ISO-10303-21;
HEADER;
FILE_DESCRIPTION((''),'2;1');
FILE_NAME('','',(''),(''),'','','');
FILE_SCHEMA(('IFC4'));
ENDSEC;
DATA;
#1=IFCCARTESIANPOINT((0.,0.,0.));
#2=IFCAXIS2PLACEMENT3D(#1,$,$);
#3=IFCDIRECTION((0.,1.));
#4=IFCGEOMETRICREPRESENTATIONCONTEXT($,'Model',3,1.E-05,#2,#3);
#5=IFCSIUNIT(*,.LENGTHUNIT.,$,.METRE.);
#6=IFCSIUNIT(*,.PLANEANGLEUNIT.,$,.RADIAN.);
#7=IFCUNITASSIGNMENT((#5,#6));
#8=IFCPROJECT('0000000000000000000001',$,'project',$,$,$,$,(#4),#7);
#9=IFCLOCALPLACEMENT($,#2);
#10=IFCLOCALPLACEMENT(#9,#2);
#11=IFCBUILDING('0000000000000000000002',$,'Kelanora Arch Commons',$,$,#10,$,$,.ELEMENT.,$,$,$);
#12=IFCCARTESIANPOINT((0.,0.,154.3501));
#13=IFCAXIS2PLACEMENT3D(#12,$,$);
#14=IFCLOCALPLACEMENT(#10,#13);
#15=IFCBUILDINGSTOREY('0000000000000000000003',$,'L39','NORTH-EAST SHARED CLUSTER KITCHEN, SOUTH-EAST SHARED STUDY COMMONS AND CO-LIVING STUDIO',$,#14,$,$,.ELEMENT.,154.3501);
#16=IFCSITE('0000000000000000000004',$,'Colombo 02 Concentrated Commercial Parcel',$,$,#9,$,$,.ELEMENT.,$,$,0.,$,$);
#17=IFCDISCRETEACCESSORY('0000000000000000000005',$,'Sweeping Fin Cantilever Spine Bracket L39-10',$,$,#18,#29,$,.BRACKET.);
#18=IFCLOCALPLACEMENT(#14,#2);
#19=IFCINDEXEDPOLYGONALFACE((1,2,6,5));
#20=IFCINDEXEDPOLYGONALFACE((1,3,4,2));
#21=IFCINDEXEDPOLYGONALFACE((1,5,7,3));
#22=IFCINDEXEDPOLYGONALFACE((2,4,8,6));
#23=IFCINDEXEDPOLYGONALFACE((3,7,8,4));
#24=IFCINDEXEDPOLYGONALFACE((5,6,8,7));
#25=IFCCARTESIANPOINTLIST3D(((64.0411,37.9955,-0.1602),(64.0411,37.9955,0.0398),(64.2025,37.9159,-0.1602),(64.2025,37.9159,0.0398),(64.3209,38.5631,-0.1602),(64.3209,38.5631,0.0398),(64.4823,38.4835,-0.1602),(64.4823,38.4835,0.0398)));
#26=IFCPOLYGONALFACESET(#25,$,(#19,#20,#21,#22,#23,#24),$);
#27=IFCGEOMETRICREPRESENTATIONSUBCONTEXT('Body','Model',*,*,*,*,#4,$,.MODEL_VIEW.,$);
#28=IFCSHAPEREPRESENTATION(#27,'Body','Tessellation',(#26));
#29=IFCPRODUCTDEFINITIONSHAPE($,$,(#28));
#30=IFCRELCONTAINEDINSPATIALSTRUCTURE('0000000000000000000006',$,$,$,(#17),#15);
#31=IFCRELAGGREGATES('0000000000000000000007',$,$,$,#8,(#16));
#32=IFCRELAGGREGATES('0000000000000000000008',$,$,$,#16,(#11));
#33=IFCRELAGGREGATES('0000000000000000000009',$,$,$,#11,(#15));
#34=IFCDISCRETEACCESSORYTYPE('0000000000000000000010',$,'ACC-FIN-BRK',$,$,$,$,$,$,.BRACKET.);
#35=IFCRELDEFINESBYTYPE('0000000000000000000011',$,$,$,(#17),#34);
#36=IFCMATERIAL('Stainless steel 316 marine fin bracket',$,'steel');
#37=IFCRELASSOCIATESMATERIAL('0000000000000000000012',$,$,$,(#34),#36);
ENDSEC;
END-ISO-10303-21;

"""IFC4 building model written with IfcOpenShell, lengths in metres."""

from ifc_helpers import new_model, si_unit, direction, frame, origin, origin_2d, place, context, subcontext, project, spatial, rectangle, extrude, source, transform, mapped, material, type_object, element, save


model = new_model("IFC4")

# Units and contexts
model_context = context("Model", 3, precision=1e-05, world=origin(), true_north=direction((0.0, 1.0)))
body_context = subcontext(model_context, "Body", "Model", "MODEL_VIEW")
ifc_project = project(units=[si_unit("LENGTHUNIT", "METRE"), si_unit("PLANEANGLEUNIT", "RADIAN")], contexts=[model_context])

# Site, building, storey
site_placement = place(None, origin())
site = spatial("IfcSite", under=ifc_project, at=site_placement, Name="Colombo 02 Concentrated Commercial Parcel", CompositionType="ELEMENT", RefElevation=0.0)
building_placement = place(site_placement, origin())
building = spatial("IfcBuilding", under=site, at=building_placement, Name="Kelanora Arch Commons", CompositionType="ELEMENT")
storey_placement = place(building_placement, frame((0.0, 0.0, 154.3501)))
storey = spatial("IfcBuildingStorey", under=building, at=storey_placement, Name="L39", Description="NORTH-EAST SHARED CLUSTER KITCHEN, SOUTH-EAST SHARED STUDY COMMONS AND CO-LIVING STUDIO", CompositionType="ELEMENT", Elevation=154.3501)

# Discrete accessory
ifc_material_1 = material(Name="Stainless steel 316 marine fin bracket", Category="steel")
discrete_accessory_type = type_object("IfcDiscreteAccessoryType", Name="ACC-FIN-BRK", PredefinedType="BRACKET", material=ifc_material_1)
shared_shape_1 = source(origin(), body_context, "Body", "SweptSolid", [
    extrude(rectangle(XDim=0.6328, YDim=0.1799, at=origin_2d()), origin(), (0.0, 0.0, 1.0), 0.2),
])
discrete_accessory_placement = place(storey_placement, frame((64.2617, 38.2395, -0.1602), z_axis=(0.0, 0.0, 1.0), x_axis=(-0.442132, -0.89695, 0.0)))
element("IfcDiscreteAccessory", 1, at=discrete_accessory_placement, inside=storey, type_object=discrete_accessory_type, Name="Sweeping Fin Cantilever Spine Bracket L39-10", PredefinedType="BRACKET", context=body_context, shape_type="MappedRepresentation", body=[
    mapped(shared_shape_1, transform((0.0, 0.0, 0.0), scale=1.0)),
])

save(model, "model.ifc")
